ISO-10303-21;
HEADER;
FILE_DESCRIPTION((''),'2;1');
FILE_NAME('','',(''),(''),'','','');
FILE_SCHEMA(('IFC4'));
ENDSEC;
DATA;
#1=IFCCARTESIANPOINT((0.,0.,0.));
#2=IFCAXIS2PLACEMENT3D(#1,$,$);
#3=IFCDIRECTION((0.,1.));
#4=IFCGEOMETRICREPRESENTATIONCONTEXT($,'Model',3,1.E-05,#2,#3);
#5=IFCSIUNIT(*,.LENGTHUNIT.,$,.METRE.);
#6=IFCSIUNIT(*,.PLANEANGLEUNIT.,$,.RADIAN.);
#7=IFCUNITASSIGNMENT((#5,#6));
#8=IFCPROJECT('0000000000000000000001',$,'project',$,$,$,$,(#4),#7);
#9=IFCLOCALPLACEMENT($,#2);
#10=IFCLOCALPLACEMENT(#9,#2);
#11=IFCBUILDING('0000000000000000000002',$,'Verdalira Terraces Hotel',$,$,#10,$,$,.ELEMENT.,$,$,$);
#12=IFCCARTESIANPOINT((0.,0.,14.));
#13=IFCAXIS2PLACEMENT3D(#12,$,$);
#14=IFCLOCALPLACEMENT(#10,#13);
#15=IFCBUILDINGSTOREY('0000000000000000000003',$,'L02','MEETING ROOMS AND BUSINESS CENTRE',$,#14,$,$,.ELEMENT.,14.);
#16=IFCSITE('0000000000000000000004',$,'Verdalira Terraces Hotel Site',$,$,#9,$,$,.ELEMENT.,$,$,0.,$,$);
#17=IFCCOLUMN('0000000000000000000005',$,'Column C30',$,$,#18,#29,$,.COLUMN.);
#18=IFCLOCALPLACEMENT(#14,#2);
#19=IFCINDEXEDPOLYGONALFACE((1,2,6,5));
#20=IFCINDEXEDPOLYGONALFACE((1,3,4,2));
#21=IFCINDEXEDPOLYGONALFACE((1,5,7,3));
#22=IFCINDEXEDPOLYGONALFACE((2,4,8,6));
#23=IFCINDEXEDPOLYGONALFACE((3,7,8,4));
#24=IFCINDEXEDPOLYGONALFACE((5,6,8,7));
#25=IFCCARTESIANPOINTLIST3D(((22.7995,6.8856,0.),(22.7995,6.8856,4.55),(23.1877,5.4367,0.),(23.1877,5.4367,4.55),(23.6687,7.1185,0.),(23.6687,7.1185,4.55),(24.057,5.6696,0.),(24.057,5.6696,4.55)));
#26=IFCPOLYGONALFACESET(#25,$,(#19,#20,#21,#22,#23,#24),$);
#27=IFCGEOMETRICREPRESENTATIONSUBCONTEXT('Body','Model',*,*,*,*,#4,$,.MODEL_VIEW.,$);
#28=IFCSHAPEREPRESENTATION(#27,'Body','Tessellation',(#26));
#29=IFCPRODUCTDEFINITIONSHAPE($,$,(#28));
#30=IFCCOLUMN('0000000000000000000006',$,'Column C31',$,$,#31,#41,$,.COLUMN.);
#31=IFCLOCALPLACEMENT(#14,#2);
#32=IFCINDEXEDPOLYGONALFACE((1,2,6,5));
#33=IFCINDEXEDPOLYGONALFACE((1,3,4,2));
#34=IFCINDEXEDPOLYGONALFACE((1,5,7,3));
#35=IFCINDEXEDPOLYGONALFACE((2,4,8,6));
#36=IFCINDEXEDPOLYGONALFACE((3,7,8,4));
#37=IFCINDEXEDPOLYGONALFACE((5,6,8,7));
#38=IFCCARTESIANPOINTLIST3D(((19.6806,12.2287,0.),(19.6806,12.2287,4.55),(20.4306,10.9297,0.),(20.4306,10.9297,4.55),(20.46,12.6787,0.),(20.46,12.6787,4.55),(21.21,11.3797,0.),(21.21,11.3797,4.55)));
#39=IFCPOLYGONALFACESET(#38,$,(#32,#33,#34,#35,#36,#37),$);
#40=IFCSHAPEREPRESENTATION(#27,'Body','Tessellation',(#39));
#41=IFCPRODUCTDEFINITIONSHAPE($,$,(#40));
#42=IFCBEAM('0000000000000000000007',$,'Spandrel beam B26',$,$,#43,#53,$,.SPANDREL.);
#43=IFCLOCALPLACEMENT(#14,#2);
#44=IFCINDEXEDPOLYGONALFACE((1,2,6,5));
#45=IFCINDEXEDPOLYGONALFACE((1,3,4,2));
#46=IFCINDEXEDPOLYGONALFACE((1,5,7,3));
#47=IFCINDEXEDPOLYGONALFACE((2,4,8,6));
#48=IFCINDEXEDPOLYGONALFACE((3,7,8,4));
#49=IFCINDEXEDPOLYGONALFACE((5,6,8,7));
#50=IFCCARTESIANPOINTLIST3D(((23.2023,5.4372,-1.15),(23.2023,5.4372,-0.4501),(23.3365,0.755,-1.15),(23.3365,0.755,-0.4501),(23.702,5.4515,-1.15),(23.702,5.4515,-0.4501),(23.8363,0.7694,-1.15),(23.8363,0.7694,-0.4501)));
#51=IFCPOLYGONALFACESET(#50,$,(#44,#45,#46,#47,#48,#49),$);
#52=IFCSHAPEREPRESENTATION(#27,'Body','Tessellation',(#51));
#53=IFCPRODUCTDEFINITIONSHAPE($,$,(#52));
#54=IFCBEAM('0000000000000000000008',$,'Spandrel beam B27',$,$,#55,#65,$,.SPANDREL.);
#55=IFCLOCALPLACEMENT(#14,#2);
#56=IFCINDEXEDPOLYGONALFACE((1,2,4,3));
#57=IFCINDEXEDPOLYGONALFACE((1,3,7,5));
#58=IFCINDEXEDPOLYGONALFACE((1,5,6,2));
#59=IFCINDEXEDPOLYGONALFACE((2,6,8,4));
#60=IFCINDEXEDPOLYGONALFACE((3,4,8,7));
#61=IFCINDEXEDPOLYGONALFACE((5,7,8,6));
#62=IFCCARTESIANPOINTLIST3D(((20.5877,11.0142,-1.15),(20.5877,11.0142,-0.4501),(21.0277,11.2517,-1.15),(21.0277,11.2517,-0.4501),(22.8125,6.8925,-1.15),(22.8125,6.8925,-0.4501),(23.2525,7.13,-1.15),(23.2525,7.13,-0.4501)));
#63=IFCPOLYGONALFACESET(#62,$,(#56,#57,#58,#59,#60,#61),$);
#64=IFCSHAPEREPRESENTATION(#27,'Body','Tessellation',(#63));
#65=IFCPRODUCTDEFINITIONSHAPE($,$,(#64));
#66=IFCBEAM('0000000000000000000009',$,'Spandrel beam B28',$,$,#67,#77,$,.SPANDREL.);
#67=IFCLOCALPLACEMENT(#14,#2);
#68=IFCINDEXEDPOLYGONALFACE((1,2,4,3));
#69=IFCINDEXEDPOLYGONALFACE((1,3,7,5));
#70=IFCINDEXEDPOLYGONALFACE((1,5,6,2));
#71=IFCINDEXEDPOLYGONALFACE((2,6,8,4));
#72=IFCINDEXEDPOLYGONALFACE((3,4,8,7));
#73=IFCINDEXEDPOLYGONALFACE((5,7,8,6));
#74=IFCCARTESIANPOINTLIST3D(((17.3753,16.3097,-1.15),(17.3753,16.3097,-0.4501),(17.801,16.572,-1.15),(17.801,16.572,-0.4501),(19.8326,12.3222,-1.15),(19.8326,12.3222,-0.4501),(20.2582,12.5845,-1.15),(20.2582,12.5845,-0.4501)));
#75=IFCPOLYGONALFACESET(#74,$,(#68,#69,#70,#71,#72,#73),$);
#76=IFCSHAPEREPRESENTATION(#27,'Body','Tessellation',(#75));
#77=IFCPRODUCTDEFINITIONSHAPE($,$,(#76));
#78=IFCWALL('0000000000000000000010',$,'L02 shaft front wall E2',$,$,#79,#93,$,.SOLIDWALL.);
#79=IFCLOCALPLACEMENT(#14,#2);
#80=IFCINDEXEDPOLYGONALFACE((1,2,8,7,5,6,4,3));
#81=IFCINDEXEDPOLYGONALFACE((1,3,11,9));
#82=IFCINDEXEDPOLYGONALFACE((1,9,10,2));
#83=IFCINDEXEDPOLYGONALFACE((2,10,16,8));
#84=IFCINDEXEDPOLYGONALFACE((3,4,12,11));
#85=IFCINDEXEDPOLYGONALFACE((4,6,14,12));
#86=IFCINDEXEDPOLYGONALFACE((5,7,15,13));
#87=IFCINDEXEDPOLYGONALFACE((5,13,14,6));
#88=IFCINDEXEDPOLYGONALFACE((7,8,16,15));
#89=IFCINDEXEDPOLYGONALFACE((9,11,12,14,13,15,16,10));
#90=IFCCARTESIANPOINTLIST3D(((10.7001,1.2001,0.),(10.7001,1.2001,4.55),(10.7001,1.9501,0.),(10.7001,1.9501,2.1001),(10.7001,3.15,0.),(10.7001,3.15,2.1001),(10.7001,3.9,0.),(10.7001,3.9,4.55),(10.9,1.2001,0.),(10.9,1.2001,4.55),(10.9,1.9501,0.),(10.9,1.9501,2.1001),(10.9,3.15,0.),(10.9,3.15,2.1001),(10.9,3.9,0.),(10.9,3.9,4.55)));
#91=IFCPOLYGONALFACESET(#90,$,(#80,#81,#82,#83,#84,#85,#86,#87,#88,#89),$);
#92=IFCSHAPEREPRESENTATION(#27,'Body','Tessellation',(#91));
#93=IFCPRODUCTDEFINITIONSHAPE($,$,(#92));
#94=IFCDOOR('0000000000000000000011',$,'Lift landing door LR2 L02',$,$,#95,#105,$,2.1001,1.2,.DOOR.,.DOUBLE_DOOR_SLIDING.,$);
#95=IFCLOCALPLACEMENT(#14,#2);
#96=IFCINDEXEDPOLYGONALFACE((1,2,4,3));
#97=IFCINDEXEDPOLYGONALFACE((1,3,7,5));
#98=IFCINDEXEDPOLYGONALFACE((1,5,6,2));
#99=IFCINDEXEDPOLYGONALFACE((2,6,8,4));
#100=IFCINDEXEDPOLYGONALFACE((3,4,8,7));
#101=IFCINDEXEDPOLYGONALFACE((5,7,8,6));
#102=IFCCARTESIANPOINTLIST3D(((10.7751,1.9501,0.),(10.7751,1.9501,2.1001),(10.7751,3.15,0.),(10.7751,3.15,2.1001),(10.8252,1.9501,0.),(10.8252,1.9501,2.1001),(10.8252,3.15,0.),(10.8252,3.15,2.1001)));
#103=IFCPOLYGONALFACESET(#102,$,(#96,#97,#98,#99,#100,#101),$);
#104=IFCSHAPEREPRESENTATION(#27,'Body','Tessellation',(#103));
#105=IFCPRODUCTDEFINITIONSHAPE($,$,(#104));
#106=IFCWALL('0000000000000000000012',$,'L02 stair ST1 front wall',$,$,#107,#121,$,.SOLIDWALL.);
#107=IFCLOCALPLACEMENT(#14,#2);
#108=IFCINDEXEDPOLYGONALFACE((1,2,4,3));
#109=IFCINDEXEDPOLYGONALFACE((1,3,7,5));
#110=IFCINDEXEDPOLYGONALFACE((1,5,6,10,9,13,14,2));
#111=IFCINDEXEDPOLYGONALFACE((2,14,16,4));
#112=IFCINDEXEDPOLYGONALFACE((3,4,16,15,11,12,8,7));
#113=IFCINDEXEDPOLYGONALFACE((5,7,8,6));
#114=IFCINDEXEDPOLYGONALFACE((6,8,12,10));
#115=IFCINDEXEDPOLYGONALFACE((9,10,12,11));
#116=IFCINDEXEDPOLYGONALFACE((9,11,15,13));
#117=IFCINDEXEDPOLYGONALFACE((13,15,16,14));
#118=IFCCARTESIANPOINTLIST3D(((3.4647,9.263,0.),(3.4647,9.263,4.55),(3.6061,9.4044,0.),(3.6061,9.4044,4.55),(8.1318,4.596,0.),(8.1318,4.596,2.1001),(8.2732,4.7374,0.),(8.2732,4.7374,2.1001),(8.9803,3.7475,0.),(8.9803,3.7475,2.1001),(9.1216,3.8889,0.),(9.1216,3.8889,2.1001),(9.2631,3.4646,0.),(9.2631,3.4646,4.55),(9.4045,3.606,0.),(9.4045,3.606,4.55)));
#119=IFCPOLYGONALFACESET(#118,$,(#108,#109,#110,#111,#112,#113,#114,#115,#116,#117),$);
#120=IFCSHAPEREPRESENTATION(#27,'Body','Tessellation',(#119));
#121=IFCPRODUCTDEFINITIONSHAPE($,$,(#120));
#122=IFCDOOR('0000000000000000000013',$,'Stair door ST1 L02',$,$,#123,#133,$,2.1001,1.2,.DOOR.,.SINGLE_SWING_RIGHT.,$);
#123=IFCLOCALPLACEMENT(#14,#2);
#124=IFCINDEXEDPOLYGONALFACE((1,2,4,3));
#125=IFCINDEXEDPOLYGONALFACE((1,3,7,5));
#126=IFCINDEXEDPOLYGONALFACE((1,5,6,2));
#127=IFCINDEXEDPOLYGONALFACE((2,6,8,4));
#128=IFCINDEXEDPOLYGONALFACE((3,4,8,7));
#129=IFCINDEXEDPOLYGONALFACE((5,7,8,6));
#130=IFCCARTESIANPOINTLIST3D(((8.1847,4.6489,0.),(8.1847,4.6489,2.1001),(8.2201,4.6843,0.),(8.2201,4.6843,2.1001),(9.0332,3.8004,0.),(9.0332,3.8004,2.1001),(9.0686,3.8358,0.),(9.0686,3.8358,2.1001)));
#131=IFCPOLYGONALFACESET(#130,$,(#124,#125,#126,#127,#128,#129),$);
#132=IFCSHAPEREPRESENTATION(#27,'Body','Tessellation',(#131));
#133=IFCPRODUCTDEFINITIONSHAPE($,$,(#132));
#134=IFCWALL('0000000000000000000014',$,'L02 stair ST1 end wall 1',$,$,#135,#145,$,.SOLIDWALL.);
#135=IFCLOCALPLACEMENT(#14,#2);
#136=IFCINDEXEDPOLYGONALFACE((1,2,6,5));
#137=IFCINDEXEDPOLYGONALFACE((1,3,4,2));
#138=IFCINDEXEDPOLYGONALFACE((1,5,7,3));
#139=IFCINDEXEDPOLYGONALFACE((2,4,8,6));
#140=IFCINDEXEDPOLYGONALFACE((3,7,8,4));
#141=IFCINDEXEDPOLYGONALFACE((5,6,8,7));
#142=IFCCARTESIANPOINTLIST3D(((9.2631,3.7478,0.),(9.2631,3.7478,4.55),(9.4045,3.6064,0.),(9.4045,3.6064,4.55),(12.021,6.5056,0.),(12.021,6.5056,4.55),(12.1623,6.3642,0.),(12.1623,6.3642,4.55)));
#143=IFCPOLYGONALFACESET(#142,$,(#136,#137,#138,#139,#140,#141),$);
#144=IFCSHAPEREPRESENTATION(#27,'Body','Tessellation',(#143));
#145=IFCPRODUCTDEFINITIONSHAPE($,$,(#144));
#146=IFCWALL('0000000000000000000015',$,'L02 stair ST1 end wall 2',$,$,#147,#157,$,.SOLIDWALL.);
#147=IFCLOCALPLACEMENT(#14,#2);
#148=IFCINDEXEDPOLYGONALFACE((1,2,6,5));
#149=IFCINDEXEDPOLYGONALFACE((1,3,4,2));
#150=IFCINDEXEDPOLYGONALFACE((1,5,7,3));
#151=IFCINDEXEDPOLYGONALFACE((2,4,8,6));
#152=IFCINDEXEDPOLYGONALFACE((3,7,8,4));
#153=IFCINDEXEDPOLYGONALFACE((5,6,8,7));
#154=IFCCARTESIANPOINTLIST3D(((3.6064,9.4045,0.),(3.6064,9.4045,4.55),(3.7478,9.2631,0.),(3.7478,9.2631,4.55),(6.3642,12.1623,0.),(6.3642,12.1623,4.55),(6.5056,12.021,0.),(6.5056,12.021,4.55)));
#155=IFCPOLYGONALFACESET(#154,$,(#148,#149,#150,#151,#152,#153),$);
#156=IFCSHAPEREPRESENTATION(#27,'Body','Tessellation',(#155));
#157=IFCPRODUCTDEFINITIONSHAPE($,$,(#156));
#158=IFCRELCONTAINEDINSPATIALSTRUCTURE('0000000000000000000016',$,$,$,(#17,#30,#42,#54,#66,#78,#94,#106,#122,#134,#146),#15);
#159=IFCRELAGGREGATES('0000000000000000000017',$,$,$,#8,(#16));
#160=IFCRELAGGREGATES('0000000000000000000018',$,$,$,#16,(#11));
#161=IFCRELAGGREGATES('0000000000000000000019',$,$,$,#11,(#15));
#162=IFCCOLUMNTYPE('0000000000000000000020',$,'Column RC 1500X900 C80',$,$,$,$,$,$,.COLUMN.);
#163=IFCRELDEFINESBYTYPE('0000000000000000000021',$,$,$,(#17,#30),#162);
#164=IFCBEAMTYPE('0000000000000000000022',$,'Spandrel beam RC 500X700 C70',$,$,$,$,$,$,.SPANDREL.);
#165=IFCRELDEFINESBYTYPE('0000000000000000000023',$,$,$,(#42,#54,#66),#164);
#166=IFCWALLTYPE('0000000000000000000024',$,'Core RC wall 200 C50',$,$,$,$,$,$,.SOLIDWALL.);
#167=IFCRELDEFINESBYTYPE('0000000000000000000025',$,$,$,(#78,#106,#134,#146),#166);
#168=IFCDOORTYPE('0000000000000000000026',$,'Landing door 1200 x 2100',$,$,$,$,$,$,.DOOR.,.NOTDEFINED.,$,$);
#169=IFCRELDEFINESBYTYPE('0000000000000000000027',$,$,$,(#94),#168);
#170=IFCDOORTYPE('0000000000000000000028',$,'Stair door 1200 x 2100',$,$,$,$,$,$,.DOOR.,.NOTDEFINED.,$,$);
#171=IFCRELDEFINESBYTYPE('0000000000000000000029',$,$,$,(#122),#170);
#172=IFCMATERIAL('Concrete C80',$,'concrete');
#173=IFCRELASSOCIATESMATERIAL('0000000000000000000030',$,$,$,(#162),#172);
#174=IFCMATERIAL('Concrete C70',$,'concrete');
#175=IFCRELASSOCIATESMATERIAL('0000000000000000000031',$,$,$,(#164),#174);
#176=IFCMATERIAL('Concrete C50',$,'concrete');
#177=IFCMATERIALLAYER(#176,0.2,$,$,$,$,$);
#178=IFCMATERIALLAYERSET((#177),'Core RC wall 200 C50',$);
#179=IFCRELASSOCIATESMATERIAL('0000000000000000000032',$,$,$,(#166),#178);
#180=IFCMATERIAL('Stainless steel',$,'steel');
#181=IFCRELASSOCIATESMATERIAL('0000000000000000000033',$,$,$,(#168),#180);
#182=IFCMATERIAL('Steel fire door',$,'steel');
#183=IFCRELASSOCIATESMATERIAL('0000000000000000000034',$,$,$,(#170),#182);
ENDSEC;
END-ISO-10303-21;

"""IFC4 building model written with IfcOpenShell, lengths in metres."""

from ifc_helpers import new_model, si_unit, direction, frame, frame_2d, origin, origin_2d, place, context, subcontext, project, spatial, rectangle, extrude, material, layer, layer_set, material_profile, profile_set, type_object, element, fill, save


model = new_model("IFC4")

# Units and contexts
model_context = context("Model", 3, precision=1e-05, world=origin(), true_north=direction((0.0, 1.0)))
body_context = subcontext(model_context, "Body", "Model", "MODEL_VIEW")
ifc_project = project(units=[si_unit("LENGTHUNIT", "METRE"), si_unit("PLANEANGLEUNIT", "RADIAN")], contexts=[model_context])

# Site, building, storey
site_placement = place(None, origin())
site = spatial("IfcSite", under=ifc_project, at=site_placement, Name="Verdalira Terraces Hotel Site", CompositionType="ELEMENT", RefElevation=0.0)
building_placement = place(site_placement, origin())
building = spatial("IfcBuilding", under=site, at=building_placement, Name="Verdalira Terraces Hotel", CompositionType="ELEMENT")
storey_placement = place(building_placement, frame((0.0, 0.0, 14.0)))
storey = spatial("IfcBuildingStorey", under=building, at=storey_placement, Name="L02", Description="MEETING ROOMS AND BUSINESS CENTRE", CompositionType="ELEMENT", Elevation=14.0)

# Columns
ifc_material_1 = material(Name="Concrete C80", Category="concrete")
ifc_material_profile_1 = material_profile(ifc_material_1, rectangle(XDim=1.5, YDim=0.8999, at=origin_2d()), Name="RC 1500X900")
ifc_profile_set_1 = profile_set([ifc_material_profile_1], Name="Concrete C80")
column_type = type_object("IfcColumnType", Name="Column RC 1500X900 C80", PredefinedType="COLUMN", material=ifc_profile_set_1)
for number, where, z_axis, x_axis, name in (
    (1, (23.4282, 6.2776, 0.0), (0.0, 0.0, 1.0), (0.258819, -0.965926, 0.0), "Column C30"),
    (2, (20.4453, 11.8042, 0.0), (0.0, 0.0, 1.0), (-0.5, 0.866025, 0.0), "Column C31"),
):
    element("IfcColumn", number, at=place(storey_placement, frame(where, z_axis=z_axis, x_axis=x_axis)), inside=storey, type_object=column_type, Name=name, PredefinedType="COLUMN", context=body_context, shape_type="SweptSolid", body=[
        extrude(rectangle(XDim=1.5, YDim=0.8999, at=origin_2d()), origin(), (0.0, 0.0, 1.0), 4.55),
    ])

# Beams
ifc_material_2 = material(Name="Concrete C70", Category="concrete")
ifc_material_profile_2 = material_profile(ifc_material_2, rectangle(XDim=0.5, YDim=0.7, at=origin_2d()), Name="RC 500X700")
ifc_profile_set_2 = profile_set([ifc_material_profile_2], Name="Concrete C70")
beam_type = type_object("IfcBeamType", Name="Spandrel beam RC 500X700 C70", PredefinedType="SPANDREL", material=ifc_profile_set_2)
beam_placement = place(storey_placement, frame((23.5864, 0.7622, -0.8), z_axis=(-0.028667, 0.999589, 0.0), x_axis=(-0.999589, -0.028667, 0.0)))
element("IfcBeam", 3, at=beam_placement, inside=storey, type_object=beam_type, Name="Spandrel beam B26", PredefinedType="SPANDREL", context=body_context, shape_type="SweptSolid", body=[
    extrude(rectangle(XDim=0.5, YDim=0.7, at=origin_2d()), origin(), (0.0, 0.0, 1.0), 4.6841),
])
for number, where, z_axis, x_axis, name in (
    (4, (23.0325, 7.0112, -0.8), (-0.474995, 0.879989, 0.0), (-0.879989, -0.474995, 0.0), "Spandrel beam B27"),
    (5, (20.0454, 12.4534, -0.8), (-0.524624, 0.851334, 0.0), (-0.851334, -0.524624, 0.0), "Spandrel beam B28"),
):
    element("IfcBeam", number, at=place(storey_placement, frame(where, z_axis=z_axis, x_axis=x_axis)), inside=storey, type_object=beam_type, Name=name, PredefinedType="SPANDREL", context=body_context, shape_type="SweptSolid", body=[
        extrude(rectangle(XDim=0.5, YDim=0.7, at=origin_2d()), origin(), (0.0, 0.0, 1.0), 4.6838),
    ])

# Walls, openings, doors
ifc_material_3 = material(Name="Concrete C50", Category="concrete")
ifc_layer_1 = layer(ifc_material_3, 0.2)
ifc_layer_set_1 = layer_set([ifc_layer_1], Name="Core RC wall 200 C50")
wall_type_1 = type_object("IfcWallType", Name="Core RC wall 200 C50", PredefinedType="SOLIDWALL", material=ifc_layer_set_1)
wall_1_placement = place(storey_placement, frame((10.8, 1.2, 0.0), z_axis=(0.0, 0.0, 1.0), x_axis=(0.0, 1.0, 0.0)))
wall_1 = element("IfcWall", 6, at=wall_1_placement, inside=storey, type_object=wall_type_1, Name="L02 shaft front wall E2", PredefinedType="SOLIDWALL", context=body_context, shape_type="SweptSolid", body=[
    extrude(rectangle(XDim=2.7, YDim=0.2, at=frame_2d((1.3501, 0.0))), origin(), (0.0, 0.0, 1.0), 4.55),
])
opening_1_placement = place(wall_1_placement, frame((0.75, 0.0, 0.0)))
opening_1 = element("IfcOpeningElement", 7, at=opening_1_placement, cuts=wall_1, PredefinedType="OPENING", context=body_context, shape_type="SweptSolid", body=[
    extrude(rectangle(XDim=1.2, YDim=2.1001, at=frame_2d((0.6001, 1.05))), frame((0.0, 0.1099, 0.0), z_axis=(0.0, -1.0, 0.0), x_axis=(1.0, 0.0, 0.0)), (0.0, 0.0, 1.0), 0.22),
])
ifc_material_4 = material(Name="Stainless steel", Category="steel")
door_type_1 = type_object("IfcDoorType", Name="Landing door 1200 x 2100", OperationType="NOTDEFINED", PredefinedType="DOOR", material=ifc_material_4)
door_1_placement = place(opening_1_placement, origin())
door_1 = element("IfcDoor", 8, at=door_1_placement, inside=storey, type_object=door_type_1, Name="Lift landing door LR2 L02", OperationType="DOUBLE_DOOR_SLIDING", OverallHeight=2.1001, OverallWidth=1.2, PredefinedType="DOOR", context=body_context, shape_type="SweptSolid", body=[
    extrude(rectangle(XDim=1.2, YDim=2.1001, at=frame_2d((0.6001, 1.05))), frame((0.0, 0.0249, 0.0), z_axis=(0.0, -1.0, 0.0), x_axis=(1.0, 0.0, 0.0)), (0.0, 0.0, 1.0), 0.05),
])
fill(opening_1, door_1)
wall_2_placement = place(storey_placement, frame((3.5354, 9.3337, 0.0), z_axis=(0.0, 0.0, 1.0), x_axis=(0.707107, -0.707107, 0.0)))
wall_2 = element("IfcWall", 9, at=wall_2_placement, inside=storey, type_object=wall_type_1, Name="L02 stair ST1 front wall", PredefinedType="SOLIDWALL", context=body_context, shape_type="SweptSolid", body=[
    extrude(rectangle(XDim=8.2002, YDim=0.2, at=frame_2d((4.1001, 0.0))), origin(), (0.0, 0.0, 1.0), 4.55),
])
opening_2_placement = place(wall_2_placement, frame((6.6001, 0.0, 0.0)))
opening_2 = element("IfcOpeningElement", 10, at=opening_2_placement, cuts=wall_2, PredefinedType="OPENING", context=body_context, shape_type="SweptSolid", body=[
    extrude(rectangle(XDim=1.2, YDim=2.1001, at=frame_2d((0.6001, 1.05))), frame((0.0, 0.1099, 0.0), z_axis=(0.0, -1.0, 0.0), x_axis=(1.0, 0.0, 0.0)), (0.0, 0.0, 1.0), 0.22),
])
ifc_material_5 = material(Name="Steel fire door", Category="steel")
door_type_2 = type_object("IfcDoorType", Name="Stair door 1200 x 2100", OperationType="NOTDEFINED", PredefinedType="DOOR", material=ifc_material_5)
door_2_placement = place(opening_2_placement, origin())
door_2 = element("IfcDoor", 11, at=door_2_placement, inside=storey, type_object=door_type_2, Name="Stair door ST1 L02", OperationType="SINGLE_SWING_RIGHT", OverallHeight=2.1001, OverallWidth=1.2, PredefinedType="DOOR", context=body_context, shape_type="SweptSolid", body=[
    extrude(rectangle(XDim=1.2, YDim=2.1001, at=frame_2d((0.6001, 1.05))), frame((0.0, 0.0249, 0.0), z_axis=(0.0, -1.0, 0.0), x_axis=(1.0, 0.0, 0.0)), (0.0, 0.0, 1.0), 0.05),
])
fill(opening_2, door_2)

# Walls
for number, where, z_axis, x_axis, name in (
    (12, (9.3337, 3.677, 0.0), (0.0, 0.0, 1.0), (0.707107, 0.707107, 0.0), "L02 stair ST1 end wall 1"),
    (13, (3.677, 9.3337, 0.0), (0.0, 0.0, 1.0), (0.707107, 0.707107, 0.0), "L02 stair ST1 end wall 2"),
):
    element("IfcWall", number, at=place(storey_placement, frame(where, z_axis=z_axis, x_axis=x_axis)), inside=storey, type_object=wall_type_1, Name=name, PredefinedType="SOLIDWALL", context=body_context, shape_type="SweptSolid", body=[
        extrude(rectangle(XDim=3.9001, YDim=0.2, at=frame_2d((1.9502, 0.0))), origin(), (0.0, 0.0, 1.0), 4.55),
    ])

save(model, "model.ifc")
